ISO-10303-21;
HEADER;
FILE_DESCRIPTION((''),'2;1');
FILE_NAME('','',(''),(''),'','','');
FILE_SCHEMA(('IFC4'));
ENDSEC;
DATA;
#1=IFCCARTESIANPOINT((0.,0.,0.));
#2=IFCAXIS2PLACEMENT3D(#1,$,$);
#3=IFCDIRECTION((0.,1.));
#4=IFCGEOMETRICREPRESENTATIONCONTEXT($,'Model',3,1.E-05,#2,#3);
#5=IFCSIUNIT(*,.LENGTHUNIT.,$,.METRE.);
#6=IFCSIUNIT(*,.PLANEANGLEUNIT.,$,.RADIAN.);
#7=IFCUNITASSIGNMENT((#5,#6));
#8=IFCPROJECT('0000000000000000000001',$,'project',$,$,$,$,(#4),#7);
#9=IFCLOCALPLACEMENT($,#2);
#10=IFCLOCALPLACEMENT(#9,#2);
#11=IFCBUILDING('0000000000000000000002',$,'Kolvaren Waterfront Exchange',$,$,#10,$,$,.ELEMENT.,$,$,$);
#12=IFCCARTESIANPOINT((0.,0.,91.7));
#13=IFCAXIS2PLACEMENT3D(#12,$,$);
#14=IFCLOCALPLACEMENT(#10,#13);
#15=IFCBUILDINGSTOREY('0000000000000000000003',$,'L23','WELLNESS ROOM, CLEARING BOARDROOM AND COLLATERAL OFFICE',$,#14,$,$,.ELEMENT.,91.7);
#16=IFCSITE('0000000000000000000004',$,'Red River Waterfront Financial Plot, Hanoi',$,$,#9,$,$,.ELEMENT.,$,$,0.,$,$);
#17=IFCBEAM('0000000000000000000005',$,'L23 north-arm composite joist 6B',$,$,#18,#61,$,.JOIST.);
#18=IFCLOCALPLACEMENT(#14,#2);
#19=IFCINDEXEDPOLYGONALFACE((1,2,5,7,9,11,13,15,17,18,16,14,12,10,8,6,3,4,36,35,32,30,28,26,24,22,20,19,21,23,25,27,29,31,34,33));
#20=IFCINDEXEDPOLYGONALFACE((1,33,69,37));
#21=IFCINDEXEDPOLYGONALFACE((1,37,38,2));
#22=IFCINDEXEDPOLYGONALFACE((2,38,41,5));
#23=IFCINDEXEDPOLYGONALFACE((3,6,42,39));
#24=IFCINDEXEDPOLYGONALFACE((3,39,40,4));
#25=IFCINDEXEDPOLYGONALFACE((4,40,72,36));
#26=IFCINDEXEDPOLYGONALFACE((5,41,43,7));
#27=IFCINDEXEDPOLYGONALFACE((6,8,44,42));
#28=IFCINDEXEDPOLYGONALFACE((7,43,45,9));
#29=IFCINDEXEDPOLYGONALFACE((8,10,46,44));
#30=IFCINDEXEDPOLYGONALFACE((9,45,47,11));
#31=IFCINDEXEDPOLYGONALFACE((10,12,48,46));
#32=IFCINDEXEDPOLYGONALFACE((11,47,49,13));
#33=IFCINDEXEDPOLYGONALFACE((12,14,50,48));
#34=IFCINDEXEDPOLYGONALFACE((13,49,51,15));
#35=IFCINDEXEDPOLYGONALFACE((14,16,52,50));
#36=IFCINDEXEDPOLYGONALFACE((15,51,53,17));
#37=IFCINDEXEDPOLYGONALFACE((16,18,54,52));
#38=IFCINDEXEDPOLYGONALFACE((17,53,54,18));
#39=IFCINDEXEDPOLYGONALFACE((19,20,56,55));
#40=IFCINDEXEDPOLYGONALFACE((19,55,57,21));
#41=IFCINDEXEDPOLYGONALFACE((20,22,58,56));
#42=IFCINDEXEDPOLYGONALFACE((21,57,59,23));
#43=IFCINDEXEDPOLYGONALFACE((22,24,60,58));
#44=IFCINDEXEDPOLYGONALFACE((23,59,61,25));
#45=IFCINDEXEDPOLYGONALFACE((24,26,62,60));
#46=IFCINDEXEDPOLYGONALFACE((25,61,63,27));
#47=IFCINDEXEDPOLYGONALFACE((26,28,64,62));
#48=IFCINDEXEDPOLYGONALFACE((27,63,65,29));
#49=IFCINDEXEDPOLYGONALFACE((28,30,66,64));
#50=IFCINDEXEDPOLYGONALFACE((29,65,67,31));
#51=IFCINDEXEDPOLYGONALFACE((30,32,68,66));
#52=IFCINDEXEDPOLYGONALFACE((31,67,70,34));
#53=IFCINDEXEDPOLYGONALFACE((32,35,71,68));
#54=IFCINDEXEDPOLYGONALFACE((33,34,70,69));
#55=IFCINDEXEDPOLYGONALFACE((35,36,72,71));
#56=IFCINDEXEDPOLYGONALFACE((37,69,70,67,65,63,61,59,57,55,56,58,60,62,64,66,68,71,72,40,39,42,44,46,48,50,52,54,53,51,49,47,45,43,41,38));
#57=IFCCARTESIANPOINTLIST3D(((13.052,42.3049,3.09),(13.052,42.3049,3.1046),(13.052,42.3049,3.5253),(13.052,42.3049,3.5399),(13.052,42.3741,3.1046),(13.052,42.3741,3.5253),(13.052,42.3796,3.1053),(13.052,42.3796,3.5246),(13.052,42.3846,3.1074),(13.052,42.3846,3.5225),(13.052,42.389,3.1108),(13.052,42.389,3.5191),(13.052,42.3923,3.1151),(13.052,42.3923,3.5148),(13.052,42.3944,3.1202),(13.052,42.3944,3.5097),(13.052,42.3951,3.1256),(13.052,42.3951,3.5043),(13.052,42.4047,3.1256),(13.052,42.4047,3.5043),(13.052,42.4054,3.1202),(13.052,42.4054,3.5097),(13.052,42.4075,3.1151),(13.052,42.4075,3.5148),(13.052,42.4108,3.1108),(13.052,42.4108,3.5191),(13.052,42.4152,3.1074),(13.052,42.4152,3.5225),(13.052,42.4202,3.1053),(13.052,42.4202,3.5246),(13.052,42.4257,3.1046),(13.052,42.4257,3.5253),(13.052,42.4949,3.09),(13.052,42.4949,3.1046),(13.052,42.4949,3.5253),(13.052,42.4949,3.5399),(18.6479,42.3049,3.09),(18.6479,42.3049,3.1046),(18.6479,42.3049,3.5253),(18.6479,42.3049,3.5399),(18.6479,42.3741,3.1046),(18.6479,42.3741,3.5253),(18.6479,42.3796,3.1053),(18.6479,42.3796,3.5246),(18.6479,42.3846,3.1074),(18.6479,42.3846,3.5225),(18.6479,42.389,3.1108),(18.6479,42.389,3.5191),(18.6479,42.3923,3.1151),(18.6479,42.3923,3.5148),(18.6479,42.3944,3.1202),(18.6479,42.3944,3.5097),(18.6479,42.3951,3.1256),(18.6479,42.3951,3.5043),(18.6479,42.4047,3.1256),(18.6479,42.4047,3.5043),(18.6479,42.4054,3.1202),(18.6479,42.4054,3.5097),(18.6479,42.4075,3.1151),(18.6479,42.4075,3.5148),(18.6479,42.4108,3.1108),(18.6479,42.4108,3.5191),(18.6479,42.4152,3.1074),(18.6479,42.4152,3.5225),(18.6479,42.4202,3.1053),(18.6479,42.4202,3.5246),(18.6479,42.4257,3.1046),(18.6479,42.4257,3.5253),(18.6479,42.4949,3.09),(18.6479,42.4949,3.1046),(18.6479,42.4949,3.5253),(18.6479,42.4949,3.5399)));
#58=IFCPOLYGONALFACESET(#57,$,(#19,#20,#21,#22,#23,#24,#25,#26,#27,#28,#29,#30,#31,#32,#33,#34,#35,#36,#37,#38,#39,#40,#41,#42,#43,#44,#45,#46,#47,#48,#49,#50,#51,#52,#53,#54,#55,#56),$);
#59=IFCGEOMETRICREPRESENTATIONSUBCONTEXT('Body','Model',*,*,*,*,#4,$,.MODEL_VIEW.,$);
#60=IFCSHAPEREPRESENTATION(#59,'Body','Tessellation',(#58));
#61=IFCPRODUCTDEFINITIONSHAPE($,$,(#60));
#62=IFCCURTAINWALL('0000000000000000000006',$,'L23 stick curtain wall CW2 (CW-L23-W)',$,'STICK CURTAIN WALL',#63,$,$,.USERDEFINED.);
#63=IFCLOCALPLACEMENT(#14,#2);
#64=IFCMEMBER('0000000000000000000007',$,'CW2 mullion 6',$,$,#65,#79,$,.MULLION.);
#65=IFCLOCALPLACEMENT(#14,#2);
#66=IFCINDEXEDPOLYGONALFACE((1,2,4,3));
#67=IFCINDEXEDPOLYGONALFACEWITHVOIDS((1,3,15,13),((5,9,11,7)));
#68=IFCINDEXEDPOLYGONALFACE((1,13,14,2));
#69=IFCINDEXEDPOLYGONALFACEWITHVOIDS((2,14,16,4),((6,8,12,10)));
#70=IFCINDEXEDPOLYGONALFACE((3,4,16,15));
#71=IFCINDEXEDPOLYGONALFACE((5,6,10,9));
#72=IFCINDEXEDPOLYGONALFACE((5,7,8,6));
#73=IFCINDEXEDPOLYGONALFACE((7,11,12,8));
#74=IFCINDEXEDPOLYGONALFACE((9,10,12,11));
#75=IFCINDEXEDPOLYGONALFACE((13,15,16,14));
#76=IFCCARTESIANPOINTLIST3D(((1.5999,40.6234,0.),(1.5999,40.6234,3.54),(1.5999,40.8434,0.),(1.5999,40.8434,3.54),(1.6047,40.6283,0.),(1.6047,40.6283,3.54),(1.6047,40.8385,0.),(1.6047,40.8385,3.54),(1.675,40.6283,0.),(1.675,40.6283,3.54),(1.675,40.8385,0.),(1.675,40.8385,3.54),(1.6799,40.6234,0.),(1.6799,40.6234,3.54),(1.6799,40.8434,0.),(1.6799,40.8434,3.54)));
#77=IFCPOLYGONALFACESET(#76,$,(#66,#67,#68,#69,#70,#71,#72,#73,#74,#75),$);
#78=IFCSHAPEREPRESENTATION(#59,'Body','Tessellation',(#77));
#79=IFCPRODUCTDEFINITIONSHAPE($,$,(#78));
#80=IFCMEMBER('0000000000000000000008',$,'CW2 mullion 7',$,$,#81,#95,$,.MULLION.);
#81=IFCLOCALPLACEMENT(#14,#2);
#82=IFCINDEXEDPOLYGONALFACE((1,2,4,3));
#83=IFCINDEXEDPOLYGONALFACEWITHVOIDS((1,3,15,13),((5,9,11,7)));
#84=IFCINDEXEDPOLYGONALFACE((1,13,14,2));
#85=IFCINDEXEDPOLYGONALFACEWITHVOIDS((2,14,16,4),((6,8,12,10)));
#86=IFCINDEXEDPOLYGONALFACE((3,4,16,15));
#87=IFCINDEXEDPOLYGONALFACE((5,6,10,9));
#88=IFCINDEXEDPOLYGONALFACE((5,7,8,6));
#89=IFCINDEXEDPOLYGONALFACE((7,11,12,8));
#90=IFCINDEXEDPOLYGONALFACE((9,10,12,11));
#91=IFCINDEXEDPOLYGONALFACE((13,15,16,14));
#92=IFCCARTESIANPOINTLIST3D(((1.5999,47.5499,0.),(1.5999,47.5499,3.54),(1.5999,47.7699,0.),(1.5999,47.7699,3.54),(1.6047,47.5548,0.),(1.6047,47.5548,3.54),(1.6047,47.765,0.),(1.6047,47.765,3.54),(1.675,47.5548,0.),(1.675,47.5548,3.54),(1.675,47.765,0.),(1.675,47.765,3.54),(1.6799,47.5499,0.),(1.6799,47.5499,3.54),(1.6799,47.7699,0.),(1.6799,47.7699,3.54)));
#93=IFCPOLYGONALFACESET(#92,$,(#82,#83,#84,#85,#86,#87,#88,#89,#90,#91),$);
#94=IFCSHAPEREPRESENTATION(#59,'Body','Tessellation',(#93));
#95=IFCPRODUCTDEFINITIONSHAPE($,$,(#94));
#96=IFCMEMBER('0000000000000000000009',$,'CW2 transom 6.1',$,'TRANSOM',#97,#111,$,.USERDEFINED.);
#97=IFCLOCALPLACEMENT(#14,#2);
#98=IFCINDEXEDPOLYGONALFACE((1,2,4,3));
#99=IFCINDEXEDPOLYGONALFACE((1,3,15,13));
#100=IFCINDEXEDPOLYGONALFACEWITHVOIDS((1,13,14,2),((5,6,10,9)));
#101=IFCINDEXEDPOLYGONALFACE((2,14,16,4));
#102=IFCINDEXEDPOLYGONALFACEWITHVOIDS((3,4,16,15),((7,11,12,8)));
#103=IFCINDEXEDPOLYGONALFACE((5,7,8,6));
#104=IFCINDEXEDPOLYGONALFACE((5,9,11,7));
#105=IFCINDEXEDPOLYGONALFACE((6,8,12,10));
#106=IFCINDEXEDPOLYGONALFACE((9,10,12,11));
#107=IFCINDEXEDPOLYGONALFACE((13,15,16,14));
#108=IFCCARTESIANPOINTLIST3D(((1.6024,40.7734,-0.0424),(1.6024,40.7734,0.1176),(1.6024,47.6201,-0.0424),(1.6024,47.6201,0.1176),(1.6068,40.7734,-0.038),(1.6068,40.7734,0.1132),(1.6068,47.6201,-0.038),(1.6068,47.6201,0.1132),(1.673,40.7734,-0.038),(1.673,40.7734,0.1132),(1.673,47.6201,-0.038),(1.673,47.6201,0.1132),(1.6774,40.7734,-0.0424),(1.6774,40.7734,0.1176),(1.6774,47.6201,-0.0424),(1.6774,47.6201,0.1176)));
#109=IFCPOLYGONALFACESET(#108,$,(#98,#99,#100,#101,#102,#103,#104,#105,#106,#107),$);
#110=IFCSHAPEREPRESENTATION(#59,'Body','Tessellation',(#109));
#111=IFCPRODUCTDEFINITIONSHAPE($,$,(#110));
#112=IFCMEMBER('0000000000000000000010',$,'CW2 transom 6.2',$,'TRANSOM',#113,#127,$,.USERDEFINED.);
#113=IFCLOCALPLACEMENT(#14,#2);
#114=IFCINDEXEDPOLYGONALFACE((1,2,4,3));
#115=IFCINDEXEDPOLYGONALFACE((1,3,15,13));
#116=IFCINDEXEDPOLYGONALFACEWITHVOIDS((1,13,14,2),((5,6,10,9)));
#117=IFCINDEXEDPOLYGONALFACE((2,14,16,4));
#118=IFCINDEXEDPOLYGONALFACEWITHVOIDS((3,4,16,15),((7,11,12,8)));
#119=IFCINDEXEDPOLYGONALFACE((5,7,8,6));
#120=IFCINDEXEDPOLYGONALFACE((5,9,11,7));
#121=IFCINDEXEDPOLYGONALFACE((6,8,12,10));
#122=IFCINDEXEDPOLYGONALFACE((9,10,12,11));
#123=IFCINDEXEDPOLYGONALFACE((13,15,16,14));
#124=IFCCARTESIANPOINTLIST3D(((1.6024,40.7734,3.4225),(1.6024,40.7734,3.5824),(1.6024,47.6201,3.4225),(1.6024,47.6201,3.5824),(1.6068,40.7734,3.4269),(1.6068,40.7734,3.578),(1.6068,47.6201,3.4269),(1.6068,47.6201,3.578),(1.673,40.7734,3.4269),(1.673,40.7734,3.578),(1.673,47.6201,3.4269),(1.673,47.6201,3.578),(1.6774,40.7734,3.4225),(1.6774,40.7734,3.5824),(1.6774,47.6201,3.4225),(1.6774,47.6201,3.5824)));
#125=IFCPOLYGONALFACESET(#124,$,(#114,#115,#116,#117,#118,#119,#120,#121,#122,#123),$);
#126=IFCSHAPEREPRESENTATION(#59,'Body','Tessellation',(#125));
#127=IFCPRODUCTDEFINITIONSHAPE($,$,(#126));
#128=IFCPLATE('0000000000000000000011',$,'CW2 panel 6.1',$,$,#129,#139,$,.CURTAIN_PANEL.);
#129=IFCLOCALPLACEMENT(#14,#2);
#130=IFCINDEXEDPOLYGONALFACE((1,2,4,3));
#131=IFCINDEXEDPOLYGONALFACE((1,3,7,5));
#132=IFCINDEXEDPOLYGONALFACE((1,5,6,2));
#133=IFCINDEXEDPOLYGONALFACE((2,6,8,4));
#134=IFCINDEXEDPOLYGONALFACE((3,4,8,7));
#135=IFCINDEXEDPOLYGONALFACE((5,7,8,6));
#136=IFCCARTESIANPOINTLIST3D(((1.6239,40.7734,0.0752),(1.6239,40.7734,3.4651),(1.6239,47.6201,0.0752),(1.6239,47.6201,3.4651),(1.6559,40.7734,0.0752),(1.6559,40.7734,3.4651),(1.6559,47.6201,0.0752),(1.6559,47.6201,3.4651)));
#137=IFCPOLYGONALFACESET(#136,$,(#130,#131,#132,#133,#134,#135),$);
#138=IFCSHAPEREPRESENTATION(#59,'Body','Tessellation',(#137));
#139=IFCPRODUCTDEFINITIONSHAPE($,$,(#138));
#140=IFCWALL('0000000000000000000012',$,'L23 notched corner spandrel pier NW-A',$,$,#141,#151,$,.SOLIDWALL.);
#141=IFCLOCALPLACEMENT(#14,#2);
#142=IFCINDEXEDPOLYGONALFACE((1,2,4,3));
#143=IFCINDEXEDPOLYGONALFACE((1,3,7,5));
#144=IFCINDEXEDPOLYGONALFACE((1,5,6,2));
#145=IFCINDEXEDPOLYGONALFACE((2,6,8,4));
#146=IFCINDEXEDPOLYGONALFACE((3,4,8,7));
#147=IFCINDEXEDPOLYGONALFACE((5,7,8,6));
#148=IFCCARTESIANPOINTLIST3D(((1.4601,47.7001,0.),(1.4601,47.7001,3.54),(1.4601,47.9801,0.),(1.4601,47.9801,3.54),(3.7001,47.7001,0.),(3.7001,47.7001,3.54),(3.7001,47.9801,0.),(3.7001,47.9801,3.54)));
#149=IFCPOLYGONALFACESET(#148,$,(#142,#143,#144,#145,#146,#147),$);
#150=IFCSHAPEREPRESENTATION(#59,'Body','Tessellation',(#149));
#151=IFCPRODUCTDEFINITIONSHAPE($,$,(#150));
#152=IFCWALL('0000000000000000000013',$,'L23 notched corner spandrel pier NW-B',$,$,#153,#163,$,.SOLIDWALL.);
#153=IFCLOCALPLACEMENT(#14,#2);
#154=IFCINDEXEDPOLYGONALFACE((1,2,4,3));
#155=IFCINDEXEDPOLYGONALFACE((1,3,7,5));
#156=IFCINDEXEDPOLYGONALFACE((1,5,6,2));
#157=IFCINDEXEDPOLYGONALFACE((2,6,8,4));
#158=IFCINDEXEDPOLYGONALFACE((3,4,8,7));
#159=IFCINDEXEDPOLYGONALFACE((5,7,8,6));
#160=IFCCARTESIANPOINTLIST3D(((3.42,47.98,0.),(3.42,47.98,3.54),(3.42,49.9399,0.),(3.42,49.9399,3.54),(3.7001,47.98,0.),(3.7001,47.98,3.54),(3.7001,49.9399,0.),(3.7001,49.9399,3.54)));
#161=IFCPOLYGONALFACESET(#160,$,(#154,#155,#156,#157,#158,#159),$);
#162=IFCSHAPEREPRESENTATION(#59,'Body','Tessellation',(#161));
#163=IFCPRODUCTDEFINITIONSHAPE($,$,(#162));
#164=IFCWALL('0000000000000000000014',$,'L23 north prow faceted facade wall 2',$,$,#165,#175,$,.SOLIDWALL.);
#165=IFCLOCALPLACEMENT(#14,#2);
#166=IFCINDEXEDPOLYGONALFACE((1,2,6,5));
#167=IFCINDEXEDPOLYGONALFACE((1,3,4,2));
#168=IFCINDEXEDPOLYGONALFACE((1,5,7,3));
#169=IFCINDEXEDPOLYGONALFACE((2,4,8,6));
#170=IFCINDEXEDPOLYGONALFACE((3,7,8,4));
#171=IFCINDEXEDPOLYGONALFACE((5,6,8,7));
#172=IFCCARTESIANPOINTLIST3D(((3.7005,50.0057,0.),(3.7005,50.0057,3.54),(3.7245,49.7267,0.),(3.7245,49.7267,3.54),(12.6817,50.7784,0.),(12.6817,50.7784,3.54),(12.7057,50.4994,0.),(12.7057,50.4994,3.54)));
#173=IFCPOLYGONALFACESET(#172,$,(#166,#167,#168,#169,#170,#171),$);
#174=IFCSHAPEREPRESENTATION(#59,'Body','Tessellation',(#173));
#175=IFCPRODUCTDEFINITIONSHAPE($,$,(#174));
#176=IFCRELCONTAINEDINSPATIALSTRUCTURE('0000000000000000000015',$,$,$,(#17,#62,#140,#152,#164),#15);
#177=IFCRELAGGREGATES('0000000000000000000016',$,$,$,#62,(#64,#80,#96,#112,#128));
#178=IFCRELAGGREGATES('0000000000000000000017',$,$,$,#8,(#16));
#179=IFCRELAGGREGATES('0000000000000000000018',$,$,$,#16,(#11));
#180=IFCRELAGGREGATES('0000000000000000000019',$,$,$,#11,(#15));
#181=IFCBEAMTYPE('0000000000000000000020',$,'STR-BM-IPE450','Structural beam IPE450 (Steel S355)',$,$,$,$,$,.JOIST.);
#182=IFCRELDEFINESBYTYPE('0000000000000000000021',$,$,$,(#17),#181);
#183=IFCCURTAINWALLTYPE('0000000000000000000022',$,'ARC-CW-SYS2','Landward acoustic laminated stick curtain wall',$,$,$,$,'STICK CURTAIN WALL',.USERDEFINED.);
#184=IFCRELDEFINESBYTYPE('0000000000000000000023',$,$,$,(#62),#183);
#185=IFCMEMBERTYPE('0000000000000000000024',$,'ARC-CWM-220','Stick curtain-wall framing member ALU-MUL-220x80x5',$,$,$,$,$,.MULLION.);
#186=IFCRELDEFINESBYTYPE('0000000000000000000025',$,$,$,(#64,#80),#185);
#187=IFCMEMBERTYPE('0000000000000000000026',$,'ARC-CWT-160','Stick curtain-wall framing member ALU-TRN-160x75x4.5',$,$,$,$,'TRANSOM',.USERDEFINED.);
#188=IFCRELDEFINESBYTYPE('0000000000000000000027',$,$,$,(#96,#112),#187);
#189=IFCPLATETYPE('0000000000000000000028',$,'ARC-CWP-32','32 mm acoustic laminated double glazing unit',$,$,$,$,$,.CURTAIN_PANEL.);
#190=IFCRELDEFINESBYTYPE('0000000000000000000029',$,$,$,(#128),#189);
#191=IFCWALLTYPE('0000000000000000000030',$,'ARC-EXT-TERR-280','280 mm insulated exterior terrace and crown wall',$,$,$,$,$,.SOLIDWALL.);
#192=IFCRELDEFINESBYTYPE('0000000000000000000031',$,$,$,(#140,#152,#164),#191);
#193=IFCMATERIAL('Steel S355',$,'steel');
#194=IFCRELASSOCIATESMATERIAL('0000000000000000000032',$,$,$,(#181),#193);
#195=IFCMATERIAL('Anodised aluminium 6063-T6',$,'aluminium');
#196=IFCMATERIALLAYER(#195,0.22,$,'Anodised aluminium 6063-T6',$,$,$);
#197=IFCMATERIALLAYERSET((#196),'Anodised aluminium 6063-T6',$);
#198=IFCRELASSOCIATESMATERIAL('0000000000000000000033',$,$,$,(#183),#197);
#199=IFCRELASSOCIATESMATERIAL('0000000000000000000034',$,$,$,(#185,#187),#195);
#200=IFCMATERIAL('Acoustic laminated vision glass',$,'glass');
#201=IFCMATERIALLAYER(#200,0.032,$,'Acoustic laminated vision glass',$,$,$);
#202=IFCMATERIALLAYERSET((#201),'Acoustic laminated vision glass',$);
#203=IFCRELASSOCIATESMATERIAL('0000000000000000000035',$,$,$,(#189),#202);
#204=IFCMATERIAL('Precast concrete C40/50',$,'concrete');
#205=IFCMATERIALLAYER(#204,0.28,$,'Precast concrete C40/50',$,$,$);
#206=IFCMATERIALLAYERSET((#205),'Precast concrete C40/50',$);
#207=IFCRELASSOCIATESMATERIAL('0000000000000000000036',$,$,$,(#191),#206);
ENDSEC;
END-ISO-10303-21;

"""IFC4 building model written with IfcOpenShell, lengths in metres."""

from ifc_helpers import new_model, si_unit, direction, frame, frame_2d, origin, origin_with_axes, origin_2d, place, context, subcontext, project, spatial, rectangle, hollow_rectangle, i_section, extrude, source, transform, mapped, material, layer, layer_set, material_profile, profile_set, type_object, element, aggregate, save


model = new_model("IFC4")

# Units and contexts
model_context = context("Model", 3, precision=1e-05, world=origin(), true_north=direction((0.0, 1.0)))
body_context = subcontext(model_context, "Body", "Model", "MODEL_VIEW")
ifc_project = project(units=[si_unit("LENGTHUNIT", "METRE"), si_unit("PLANEANGLEUNIT", "RADIAN")], contexts=[model_context])

# Site, building, storey
site_placement = place(None, origin())
site = spatial("IfcSite", under=ifc_project, at=site_placement, Name="Red River Waterfront Financial Plot, Hanoi", CompositionType="ELEMENT", RefElevation=0.0)
building_placement = place(site_placement, origin())
building = spatial("IfcBuilding", under=site, at=building_placement, Name="Kolvaren Waterfront Exchange", CompositionType="ELEMENT")
storey_placement = place(building_placement, frame((0.0, 0.0, 91.7)))
storey = spatial("IfcBuildingStorey", under=building, at=storey_placement, Name="L23", Description="WELLNESS ROOM, CLEARING BOARDROOM AND COLLATERAL OFFICE", CompositionType="ELEMENT", Elevation=91.7)

# Beam
ifc_material_1 = material(Name="Steel S355", Category="steel")
ifc_material_profile_1 = material_profile(ifc_material_1, i_section(OverallWidth=0.1899, OverallDepth=0.45, WebThickness=0.0095, FlangeThickness=0.0146, FilletRadius=0.021, at=origin_2d()), Name="IPE450")
ifc_profile_set_1 = profile_set([ifc_material_profile_1], Name="Steel S355")
beam_type_1 = type_object("IfcBeamType", Name="STR-BM-IPE450", Description="Structural beam IPE450 (Steel S355)", PredefinedType="JOIST", material=ifc_profile_set_1)
beam_1_placement = place(storey_placement, frame((13.052, 42.3999, 3.3149), z_axis=(1.0, 0.0, 0.0), x_axis=(0.0, 1.0, 0.0)))
element("IfcBeam", 1, at=beam_1_placement, inside=storey, type_object=beam_type_1, Name="L23 north-arm composite joist 6B", PredefinedType="JOIST", context=body_context, shape_type="SweptSolid", body=[
    extrude(i_section(OverallWidth=0.1899, OverallDepth=0.45, WebThickness=0.0095, FlangeThickness=0.0146, FilletRadius=0.021, at=origin_2d()), origin(), (0.0, 0.0, 1.0), 5.5959),
])

# Curtain wall, members, plate
ifc_material_2 = material(Name="Anodised aluminium 6063-T6", Category="aluminium")
ifc_layer_1 = layer(ifc_material_2, 0.22, Name="Anodised aluminium 6063-T6")
ifc_layer_set_1 = layer_set([ifc_layer_1], Name="Anodised aluminium 6063-T6")
curtain_wall_type = type_object("IfcCurtainWallType", Name="ARC-CW-SYS2", Description="Landward acoustic laminated stick curtain wall", ElementType="STICK CURTAIN WALL", PredefinedType="USERDEFINED", material=ifc_layer_set_1)
curtain_wall_placement = place(storey_placement, origin())
curtain_wall = element("IfcCurtainWall", 2, at=curtain_wall_placement, inside=storey, type_object=curtain_wall_type, Name="L23 stick curtain wall CW2 (CW-L23-W)", ObjectType="STICK CURTAIN WALL", PredefinedType="USERDEFINED")
ifc_material_profile_2 = material_profile(ifc_material_2, hollow_rectangle(XDim=0.0801, YDim=0.22, WallThickness=0.0049, at=origin_2d()), Name="ALU-MUL-220x80x5")
ifc_profile_set_2 = profile_set([ifc_material_profile_2], Name="Anodised aluminium 6063-T6")
member_type_1 = type_object("IfcMemberType", Name="ARC-CWM-220", Description="Stick curtain-wall framing member ALU-MUL-220x80x5", PredefinedType="MULLION", material=ifc_profile_set_2)
shared_shape_1 = source(origin_with_axes(), body_context, "Body", "SweptSolid", [
    extrude(hollow_rectangle(XDim=0.0801, YDim=0.22, WallThickness=0.0049, at=origin_2d()), origin(), (0.0, 0.0, 1.0), 3.54),
])
member_1_placement = place(storey_placement, frame((1.6399, 40.7334, 0.0), z_axis=(0.0, 0.0, 1.0), x_axis=(-1.0, 0.0, 0.0)))
member_1 = element("IfcMember", 3, at=member_1_placement, type_object=member_type_1, Name="CW2 mullion 6", PredefinedType="MULLION", context=body_context, shape_type="MappedRepresentation", body=[
    mapped(shared_shape_1, transform((0.0, 0.0, 0.0), x_axis=(1.0, 0.0, 0.0), y_axis=(0.0, 1.0, 0.0), z_axis=(0.0, 0.0, 1.0), scale=1.0)),
])
member_2_placement = place(storey_placement, frame((1.6399, 47.6599, 0.0), z_axis=(0.0, 0.0, 1.0), x_axis=(-1.0, 0.0, 0.0)))
member_2 = element("IfcMember", 4, at=member_2_placement, type_object=member_type_1, Name="CW2 mullion 7", PredefinedType="MULLION", context=body_context, shape_type="MappedRepresentation", body=[
    mapped(shared_shape_1, transform((0.0, 0.0, 0.0), x_axis=(1.0, 0.0, 0.0), y_axis=(0.0, 1.0, 0.0), z_axis=(0.0, 0.0, 1.0), scale=1.0)),
])
ifc_material_profile_3 = material_profile(ifc_material_2, hollow_rectangle(XDim=0.075, YDim=0.1599, WallThickness=0.0044, at=origin_2d()), Name="ALU-TRN-160x75x4.5")
ifc_profile_set_3 = profile_set([ifc_material_profile_3], Name="Anodised aluminium 6063-T6")
member_type_2 = type_object("IfcMemberType", Name="ARC-CWT-160", Description="Stick curtain-wall framing member ALU-TRN-160x75x4.5", ElementType="TRANSOM", PredefinedType="USERDEFINED", material=ifc_profile_set_3)
shared_shape_2 = source(origin_with_axes(), body_context, "Body", "SweptSolid", [
    extrude(hollow_rectangle(XDim=0.075, YDim=0.1599, WallThickness=0.0044, at=origin_2d()), origin(), (0.0, 0.0, 1.0), 6.8467),
])
member_3_placement = place(storey_placement, frame((1.6399, 40.7734, 0.0376), z_axis=(0.0, 1.0, 0.0), x_axis=(-1.0, 0.0, 0.0)))
member_3 = element("IfcMember", 5, at=member_3_placement, type_object=member_type_2, Name="CW2 transom 6.1", ObjectType="TRANSOM", PredefinedType="USERDEFINED", context=body_context, shape_type="MappedRepresentation", body=[
    mapped(shared_shape_2, transform((0.0, 0.0, 0.0), x_axis=(1.0, 0.0, 0.0), y_axis=(0.0, 1.0, 0.0), z_axis=(0.0, 0.0, 1.0), scale=1.0)),
])
member_4_placement = place(storey_placement, frame((1.6399, 40.7734, 3.5024), z_axis=(0.0, 1.0, 0.0), x_axis=(-1.0, 0.0, 0.0)))
member_4 = element("IfcMember", 6, at=member_4_placement, type_object=member_type_2, Name="CW2 transom 6.2", ObjectType="TRANSOM", PredefinedType="USERDEFINED", context=body_context, shape_type="MappedRepresentation", body=[
    mapped(shared_shape_2, transform((0.0, 0.0, 0.0), x_axis=(1.0, 0.0, 0.0), y_axis=(0.0, 1.0, 0.0), z_axis=(0.0, 0.0, 1.0), scale=1.0)),
])
ifc_material_3 = material(Name="Acoustic laminated vision glass", Category="glass")
ifc_layer_2 = layer(ifc_material_3, 0.032, Name="Acoustic laminated vision glass")
ifc_layer_set_2 = layer_set([ifc_layer_2], Name="Acoustic laminated vision glass")
plate_type = type_object("IfcPlateType", Name="ARC-CWP-32", Description="32 mm acoustic laminated double glazing unit", PredefinedType="CURTAIN_PANEL", material=ifc_layer_set_2)
shared_shape_3 = source(origin_with_axes(), body_context, "Body", "SweptSolid", [
    extrude(rectangle(XDim=6.8467, YDim=0.032, at=origin_2d()), origin(), (0.0, 0.0, 1.0), 3.3899),
])
plate_placement = place(storey_placement, frame((1.6399, 44.1968, 0.0752), z_axis=(0.0, 0.0, 1.0), x_axis=(0.0, 1.0, 0.0)))
plate = element("IfcPlate", 7, at=plate_placement, type_object=plate_type, Name="CW2 panel 6.1", PredefinedType="CURTAIN_PANEL", context=body_context, shape_type="MappedRepresentation", body=[
    mapped(shared_shape_3, transform((0.0, 0.0, 0.0), x_axis=(1.0, 0.0, 0.0), y_axis=(0.0, 1.0, 0.0), z_axis=(0.0, 0.0, 1.0), scale=1.0)),
])
aggregate(curtain_wall, [member_1, member_2, member_3, member_4, plate])

# Walls
ifc_material_4 = material(Name="Precast concrete C40/50", Category="concrete")
ifc_layer_3 = layer(ifc_material_4, 0.28, Name="Precast concrete C40/50")
ifc_layer_set_3 = layer_set([ifc_layer_3], Name="Precast concrete C40/50")
wall_type_1 = type_object("IfcWallType", Name="ARC-EXT-TERR-280", Description="280 mm insulated exterior terrace and crown wall", PredefinedType="SOLIDWALL", material=ifc_layer_set_3)
wall_1_placement = place(storey_placement, frame((1.46, 47.8401, 0.0), z_axis=(0.0, 0.0, 1.0), x_axis=(1.0, 0.0, 0.0)))
element("IfcWall", 8, at=wall_1_placement, inside=storey, type_object=wall_type_1, Name="L23 notched corner spandrel pier NW-A", PredefinedType="SOLIDWALL", context=body_context, shape_type="SweptSolid", body=[
    extrude(rectangle(XDim=2.24, YDim=0.28, at=frame_2d((1.1201, 0.0))), origin(), (0.0, 0.0, 1.0), 3.54),
])
wall_2_placement = place(storey_placement, frame((3.5601, 47.98, 0.0), z_axis=(0.0, 0.0, 1.0), x_axis=(0.0, 1.0, 0.0)))
element("IfcWall", 9, at=wall_2_placement, inside=storey, type_object=wall_type_1, Name="L23 notched corner spandrel pier NW-B", PredefinedType="SOLIDWALL", context=body_context, shape_type="SweptSolid", body=[
    extrude(rectangle(XDim=1.96, YDim=0.28, at=frame_2d((0.98, 0.0))), origin(), (0.0, 0.0, 1.0), 3.54),
])
wall_3_placement = place(storey_placement, frame((12.6938, 50.6389, 0.0), z_axis=(0.0, 0.0, 1.0), x_axis=(-0.996319, -0.085719, 0.0)))
element("IfcWall", 10, at=wall_3_placement, inside=storey, type_object=wall_type_1, Name="L23 north prow faceted facade wall 2", PredefinedType="SOLIDWALL", context=body_context, shape_type="SweptSolid", body=[
    extrude(rectangle(XDim=9.0144, YDim=0.28, at=frame_2d((4.5073, 0.0))), origin(), (0.0, 0.0, 1.0), 3.54),
])

save(model, "model.ifc")
